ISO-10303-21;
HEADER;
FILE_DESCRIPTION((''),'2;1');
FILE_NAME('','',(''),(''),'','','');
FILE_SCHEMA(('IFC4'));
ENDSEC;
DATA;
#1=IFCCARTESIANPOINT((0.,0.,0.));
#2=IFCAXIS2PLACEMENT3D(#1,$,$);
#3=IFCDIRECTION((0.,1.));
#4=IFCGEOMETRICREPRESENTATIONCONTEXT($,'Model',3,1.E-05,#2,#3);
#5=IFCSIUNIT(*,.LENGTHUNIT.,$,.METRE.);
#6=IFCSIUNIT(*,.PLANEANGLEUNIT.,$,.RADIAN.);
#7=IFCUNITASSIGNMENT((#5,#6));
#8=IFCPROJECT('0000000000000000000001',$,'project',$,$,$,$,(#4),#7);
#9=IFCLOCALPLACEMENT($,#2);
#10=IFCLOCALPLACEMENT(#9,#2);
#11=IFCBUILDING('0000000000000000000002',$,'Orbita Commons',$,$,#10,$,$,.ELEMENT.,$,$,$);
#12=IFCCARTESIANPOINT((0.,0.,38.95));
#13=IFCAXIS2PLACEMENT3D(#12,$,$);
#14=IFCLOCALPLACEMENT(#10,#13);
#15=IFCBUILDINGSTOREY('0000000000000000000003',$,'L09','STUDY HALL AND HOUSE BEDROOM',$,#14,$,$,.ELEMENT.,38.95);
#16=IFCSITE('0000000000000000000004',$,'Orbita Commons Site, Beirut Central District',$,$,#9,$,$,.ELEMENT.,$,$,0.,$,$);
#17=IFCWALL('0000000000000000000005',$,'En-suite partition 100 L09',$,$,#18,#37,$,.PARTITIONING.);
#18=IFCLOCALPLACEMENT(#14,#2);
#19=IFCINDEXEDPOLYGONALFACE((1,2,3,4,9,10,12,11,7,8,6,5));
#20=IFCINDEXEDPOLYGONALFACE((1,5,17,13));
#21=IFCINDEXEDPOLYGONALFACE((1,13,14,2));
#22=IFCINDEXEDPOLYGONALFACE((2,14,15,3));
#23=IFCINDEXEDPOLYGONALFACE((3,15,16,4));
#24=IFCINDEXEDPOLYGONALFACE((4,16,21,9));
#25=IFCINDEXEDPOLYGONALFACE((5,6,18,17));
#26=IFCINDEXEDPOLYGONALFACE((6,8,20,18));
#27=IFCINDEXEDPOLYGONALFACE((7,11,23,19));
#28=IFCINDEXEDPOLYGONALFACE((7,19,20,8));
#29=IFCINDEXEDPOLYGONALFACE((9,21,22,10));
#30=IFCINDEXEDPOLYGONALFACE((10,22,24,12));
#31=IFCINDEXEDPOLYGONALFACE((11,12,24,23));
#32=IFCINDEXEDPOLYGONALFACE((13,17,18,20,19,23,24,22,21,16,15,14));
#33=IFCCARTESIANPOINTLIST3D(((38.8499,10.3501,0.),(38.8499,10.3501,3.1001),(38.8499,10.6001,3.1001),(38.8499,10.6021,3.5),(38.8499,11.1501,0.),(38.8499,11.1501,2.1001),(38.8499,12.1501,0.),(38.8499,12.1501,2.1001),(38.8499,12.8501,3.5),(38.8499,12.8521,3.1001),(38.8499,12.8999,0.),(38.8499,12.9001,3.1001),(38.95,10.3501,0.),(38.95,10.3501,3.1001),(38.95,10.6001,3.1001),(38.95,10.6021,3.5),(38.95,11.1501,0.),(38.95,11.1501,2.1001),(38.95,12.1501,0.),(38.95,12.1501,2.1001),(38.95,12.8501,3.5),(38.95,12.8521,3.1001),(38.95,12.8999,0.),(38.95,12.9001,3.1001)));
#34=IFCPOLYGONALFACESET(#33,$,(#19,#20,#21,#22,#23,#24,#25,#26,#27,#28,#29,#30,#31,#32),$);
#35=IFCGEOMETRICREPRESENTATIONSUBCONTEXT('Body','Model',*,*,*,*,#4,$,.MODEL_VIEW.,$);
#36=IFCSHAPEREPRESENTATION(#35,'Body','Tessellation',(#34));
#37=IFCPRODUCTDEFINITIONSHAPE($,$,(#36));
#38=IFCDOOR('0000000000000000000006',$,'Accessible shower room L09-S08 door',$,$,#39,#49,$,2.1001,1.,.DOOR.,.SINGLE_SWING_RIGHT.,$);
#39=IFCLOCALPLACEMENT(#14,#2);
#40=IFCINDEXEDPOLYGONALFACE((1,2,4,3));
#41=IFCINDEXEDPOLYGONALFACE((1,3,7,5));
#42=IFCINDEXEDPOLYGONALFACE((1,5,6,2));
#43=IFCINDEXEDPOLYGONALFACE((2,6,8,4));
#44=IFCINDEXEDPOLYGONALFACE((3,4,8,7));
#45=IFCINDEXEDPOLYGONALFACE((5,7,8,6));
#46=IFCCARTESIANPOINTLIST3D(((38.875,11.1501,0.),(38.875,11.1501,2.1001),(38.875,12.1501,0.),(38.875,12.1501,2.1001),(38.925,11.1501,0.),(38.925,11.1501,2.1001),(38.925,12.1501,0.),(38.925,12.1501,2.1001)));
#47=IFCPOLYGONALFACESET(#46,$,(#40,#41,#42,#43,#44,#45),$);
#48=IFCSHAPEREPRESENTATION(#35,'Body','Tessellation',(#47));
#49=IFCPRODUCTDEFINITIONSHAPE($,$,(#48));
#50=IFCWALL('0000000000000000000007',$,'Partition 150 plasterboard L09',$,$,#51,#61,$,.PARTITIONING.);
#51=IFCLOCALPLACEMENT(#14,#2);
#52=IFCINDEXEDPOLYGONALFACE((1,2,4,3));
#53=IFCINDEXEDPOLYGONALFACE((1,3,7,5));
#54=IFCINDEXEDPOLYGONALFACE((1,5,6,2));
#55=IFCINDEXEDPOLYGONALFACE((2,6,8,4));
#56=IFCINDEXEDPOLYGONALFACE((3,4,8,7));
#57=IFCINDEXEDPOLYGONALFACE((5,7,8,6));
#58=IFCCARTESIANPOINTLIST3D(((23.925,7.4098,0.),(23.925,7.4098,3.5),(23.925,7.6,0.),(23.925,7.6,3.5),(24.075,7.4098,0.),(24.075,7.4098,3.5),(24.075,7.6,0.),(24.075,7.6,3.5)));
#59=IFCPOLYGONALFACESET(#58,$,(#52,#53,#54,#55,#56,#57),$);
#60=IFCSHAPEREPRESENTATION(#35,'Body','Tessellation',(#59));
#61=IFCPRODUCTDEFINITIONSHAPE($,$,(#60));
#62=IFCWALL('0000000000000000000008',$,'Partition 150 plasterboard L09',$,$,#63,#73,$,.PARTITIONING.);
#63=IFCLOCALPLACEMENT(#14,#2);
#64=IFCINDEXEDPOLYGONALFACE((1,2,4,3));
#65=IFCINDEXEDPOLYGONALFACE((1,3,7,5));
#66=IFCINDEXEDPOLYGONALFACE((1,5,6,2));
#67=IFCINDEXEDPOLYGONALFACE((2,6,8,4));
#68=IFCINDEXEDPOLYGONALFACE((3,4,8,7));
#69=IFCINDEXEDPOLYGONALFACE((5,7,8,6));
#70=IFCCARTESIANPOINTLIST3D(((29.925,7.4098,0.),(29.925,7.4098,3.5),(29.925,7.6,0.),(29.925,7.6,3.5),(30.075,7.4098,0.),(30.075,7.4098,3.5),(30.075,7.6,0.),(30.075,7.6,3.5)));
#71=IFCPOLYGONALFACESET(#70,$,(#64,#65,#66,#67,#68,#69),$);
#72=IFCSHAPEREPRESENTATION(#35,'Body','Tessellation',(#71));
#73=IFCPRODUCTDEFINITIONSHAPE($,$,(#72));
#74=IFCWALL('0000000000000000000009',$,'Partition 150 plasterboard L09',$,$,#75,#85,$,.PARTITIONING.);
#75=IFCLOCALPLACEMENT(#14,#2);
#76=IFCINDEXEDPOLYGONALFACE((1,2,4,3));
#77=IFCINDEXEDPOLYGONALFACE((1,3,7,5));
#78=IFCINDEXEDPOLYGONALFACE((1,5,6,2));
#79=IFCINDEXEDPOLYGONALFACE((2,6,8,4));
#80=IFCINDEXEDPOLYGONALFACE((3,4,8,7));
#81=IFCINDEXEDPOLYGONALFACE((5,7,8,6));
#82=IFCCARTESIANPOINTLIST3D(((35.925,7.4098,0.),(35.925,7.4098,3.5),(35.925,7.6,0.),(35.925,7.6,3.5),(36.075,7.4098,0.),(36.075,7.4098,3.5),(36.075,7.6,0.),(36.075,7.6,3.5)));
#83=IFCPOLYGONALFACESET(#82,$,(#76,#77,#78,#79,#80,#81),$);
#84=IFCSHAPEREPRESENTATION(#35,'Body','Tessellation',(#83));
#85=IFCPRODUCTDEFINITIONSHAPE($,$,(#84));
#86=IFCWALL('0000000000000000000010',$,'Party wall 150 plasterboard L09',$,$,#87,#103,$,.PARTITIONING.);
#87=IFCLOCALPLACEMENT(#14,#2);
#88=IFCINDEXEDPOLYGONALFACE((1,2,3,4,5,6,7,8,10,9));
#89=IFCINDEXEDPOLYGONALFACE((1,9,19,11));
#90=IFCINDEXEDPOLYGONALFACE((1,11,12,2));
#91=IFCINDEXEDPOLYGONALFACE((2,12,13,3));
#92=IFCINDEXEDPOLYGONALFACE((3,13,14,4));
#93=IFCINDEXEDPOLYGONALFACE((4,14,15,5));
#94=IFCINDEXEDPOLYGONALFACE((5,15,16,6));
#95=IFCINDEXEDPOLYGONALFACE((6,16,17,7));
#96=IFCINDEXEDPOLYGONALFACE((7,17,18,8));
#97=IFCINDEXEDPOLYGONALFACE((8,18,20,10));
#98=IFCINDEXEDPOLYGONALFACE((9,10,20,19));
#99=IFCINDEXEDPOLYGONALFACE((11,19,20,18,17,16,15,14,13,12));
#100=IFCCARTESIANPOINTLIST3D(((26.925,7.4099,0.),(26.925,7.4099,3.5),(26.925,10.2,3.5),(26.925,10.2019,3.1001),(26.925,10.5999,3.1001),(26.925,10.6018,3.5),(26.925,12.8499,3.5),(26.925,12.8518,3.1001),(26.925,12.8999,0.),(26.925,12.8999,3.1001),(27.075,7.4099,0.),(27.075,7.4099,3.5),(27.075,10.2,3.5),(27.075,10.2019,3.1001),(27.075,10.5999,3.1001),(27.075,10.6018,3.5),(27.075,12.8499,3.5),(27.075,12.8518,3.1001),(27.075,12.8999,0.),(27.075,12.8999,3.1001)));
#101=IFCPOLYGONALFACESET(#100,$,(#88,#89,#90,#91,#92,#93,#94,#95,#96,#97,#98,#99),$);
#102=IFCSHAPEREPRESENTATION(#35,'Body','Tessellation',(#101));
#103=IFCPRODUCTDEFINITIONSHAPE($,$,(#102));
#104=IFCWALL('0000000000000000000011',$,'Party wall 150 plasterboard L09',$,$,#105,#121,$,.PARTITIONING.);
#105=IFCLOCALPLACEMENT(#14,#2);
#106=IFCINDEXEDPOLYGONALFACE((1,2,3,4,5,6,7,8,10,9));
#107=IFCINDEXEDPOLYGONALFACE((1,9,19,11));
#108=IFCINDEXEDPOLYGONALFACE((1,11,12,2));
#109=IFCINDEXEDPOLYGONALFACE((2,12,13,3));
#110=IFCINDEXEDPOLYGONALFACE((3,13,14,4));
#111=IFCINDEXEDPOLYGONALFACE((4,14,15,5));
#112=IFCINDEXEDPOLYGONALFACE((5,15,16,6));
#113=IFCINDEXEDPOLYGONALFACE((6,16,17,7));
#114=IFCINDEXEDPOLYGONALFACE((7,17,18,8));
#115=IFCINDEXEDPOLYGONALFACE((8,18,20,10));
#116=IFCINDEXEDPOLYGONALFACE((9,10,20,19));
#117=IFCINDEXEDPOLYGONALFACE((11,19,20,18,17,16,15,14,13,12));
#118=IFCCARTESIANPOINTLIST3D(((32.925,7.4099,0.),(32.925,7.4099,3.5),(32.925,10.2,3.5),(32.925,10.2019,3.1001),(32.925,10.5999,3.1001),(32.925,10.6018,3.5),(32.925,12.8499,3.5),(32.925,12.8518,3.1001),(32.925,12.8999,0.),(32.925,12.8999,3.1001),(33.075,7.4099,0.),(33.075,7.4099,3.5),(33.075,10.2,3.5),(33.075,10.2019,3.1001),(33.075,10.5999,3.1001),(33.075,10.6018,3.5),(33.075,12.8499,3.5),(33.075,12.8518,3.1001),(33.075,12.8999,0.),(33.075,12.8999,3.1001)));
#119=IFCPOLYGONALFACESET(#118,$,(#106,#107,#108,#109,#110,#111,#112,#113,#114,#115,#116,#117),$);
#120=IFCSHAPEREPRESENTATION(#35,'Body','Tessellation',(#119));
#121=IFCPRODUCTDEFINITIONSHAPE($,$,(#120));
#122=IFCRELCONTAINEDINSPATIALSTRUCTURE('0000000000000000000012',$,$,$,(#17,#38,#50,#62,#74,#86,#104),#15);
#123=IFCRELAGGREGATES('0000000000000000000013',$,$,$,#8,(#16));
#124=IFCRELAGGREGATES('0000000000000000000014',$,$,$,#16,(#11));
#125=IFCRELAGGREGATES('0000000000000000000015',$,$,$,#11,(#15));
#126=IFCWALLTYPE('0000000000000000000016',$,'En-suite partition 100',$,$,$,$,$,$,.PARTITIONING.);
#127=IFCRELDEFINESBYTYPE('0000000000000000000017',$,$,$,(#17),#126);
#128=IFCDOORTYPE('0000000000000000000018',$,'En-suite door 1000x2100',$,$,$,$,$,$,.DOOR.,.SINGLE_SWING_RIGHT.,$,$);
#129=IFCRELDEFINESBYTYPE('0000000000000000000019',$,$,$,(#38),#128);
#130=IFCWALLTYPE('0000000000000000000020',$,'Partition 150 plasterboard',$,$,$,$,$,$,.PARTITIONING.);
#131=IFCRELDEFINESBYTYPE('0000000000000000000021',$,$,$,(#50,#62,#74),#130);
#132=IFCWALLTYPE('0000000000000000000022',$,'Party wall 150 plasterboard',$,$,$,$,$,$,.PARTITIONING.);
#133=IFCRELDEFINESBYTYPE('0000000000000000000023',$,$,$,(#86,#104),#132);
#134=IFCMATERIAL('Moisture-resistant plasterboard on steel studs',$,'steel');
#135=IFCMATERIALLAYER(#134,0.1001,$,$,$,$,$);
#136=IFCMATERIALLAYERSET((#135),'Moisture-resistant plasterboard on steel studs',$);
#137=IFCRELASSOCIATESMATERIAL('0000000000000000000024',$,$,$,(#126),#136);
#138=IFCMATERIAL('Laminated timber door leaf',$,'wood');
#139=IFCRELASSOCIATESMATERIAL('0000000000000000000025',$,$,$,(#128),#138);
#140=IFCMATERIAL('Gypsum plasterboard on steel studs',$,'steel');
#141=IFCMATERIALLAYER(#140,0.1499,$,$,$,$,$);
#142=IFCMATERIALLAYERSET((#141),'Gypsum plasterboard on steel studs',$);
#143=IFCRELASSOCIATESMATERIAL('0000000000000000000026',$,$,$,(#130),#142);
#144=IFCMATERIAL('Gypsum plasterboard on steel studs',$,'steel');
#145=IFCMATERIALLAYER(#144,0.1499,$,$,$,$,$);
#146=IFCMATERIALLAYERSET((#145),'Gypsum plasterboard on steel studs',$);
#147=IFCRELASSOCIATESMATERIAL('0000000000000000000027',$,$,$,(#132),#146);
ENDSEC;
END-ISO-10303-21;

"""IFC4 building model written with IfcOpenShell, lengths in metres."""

from ifc_helpers import new_model, si_unit, direction, frame, frame_2d, origin, place, context, subcontext, project, spatial, polyline, rectangle, outline, extrude, material, layer, layer_set, type_object, element, fill, save


model = new_model("IFC4")

# Units and contexts
model_context = context("Model", 3, precision=1e-05, world=origin(), true_north=direction((0.0, 1.0)))
body_context = subcontext(model_context, "Body", "Model", "MODEL_VIEW")
ifc_project = project(units=[si_unit("LENGTHUNIT", "METRE"), si_unit("PLANEANGLEUNIT", "RADIAN")], contexts=[model_context])

# Site, building, storey
site_placement = place(None, origin())
site = spatial("IfcSite", under=ifc_project, at=site_placement, Name="Orbita Commons Site, Beirut Central District", CompositionType="ELEMENT", RefElevation=0.0)
building_placement = place(site_placement, origin())
building = spatial("IfcBuilding", under=site, at=building_placement, Name="Orbita Commons", CompositionType="ELEMENT")
storey_placement = place(building_placement, frame((0.0, 0.0, 38.95)))
storey = spatial("IfcBuildingStorey", under=building, at=storey_placement, Name="L09", Description="STUDY HALL AND HOUSE BEDROOM", CompositionType="ELEMENT", Elevation=38.95)

# Shared definitions
ifc_material_1 = material(Name="Moisture-resistant plasterboard on steel studs", Category="steel")
ifc_layer_1 = layer(ifc_material_1, 0.1001)
ifc_layer_set_1 = layer_set([ifc_layer_1], Name="Moisture-resistant plasterboard on steel studs")
wall_type_1 = type_object("IfcWallType", Name="En-suite partition 100", PredefinedType="PARTITIONING", material=ifc_layer_set_1)

# Wall, opening, door
wall_1_placement = place(storey_placement, frame((38.8999, 10.3501, 0.0), z_axis=(0.0, 0.0, 1.0), x_axis=(0.0, 1.0, 0.0)))
wall_1 = element("IfcWall", 1, at=wall_1_placement, inside=storey, type_object=wall_type_1, Name="En-suite partition 100 L09", PredefinedType="PARTITIONING", context=body_context, shape_type="SweptSolid", body=[
    extrude(outline(polyline([(0.0, 0.0), (2.5498, 0.0), (2.55, 3.1001), (2.502, 3.1001), (2.5, 3.5), (0.252, 3.5), (0.25, 3.1001), (0.0, 3.1001), (0.0, 0.0)])), frame((0.0, 0.05, 0.0), z_axis=(0.0, -1.0, 0.0), x_axis=(1.0, 0.0, 0.0)), (0.0, 0.0, 1.0), 0.1001),
])
opening_placement = place(wall_1_placement, frame((0.8, 0.0, 0.0)))
opening = element("IfcOpeningElement", 2, at=opening_placement, cuts=wall_1, PredefinedType="OPENING", context=body_context, shape_type="SweptSolid", body=[
    extrude(rectangle(XDim=1.0, YDim=2.1001, at=frame_2d((0.5, 1.05))), frame((0.0, 0.0601, 0.0), z_axis=(0.0, -1.0, 0.0), x_axis=(1.0, 0.0, 0.0)), (0.0, 0.0, 1.0), 0.1201),
])
ifc_material_2 = material(Name="Laminated timber door leaf", Category="wood")
door_type = type_object("IfcDoorType", Name="En-suite door 1000x2100", OperationType="SINGLE_SWING_RIGHT", PredefinedType="DOOR", material=ifc_material_2)
door_placement = place(opening_placement, origin())
door = element("IfcDoor", 3, at=door_placement, inside=storey, type_object=door_type, Name="Accessible shower room L09-S08 door", OperationType="SINGLE_SWING_RIGHT", OverallHeight=2.1001, OverallWidth=1.0, PredefinedType="DOOR", context=body_context, shape_type="SweptSolid", body=[
    extrude(rectangle(XDim=1.0, YDim=2.1001, at=frame_2d((0.5, 1.05))), frame((0.0, 0.0249, 0.0), z_axis=(0.0, -1.0, 0.0), x_axis=(1.0, 0.0, 0.0)), (0.0, 0.0, 1.0), 0.05),
])
fill(opening, door)

# Walls
ifc_material_3 = material(Name="Gypsum plasterboard on steel studs", Category="steel")
ifc_layer_2 = layer(ifc_material_3, 0.1499)
ifc_layer_set_2 = layer_set([ifc_layer_2], Name="Gypsum plasterboard on steel studs")
wall_type_2 = type_object("IfcWallType", Name="Partition 150 plasterboard", PredefinedType="PARTITIONING", material=ifc_layer_set_2)
for number, where, z_axis, x_axis, name in (
    (4, (24.0, 7.6001, 0.0), (0.0, 0.0, 1.0), (0.0, -1.0, 0.0), "Partition 150 plasterboard L09"),
    (5, (30.0, 7.6001, 0.0), (0.0, 0.0, 1.0), (0.0, -1.0, 0.0), "Partition 150 plasterboard L09"),
    (6, (36.0, 7.6001, 0.0), (0.0, 0.0, 1.0), (0.0, -1.0, 0.0), "Partition 150 plasterboard L09"),
):
    element("IfcWall", number, at=place(storey_placement, frame(where, z_axis=z_axis, x_axis=x_axis)), inside=storey, type_object=wall_type_2, Name=name, PredefinedType="PARTITIONING", context=body_context, shape_type="SweptSolid", body=[
        extrude(rectangle(XDim=0.1902, YDim=0.1499, at=frame_2d((0.0952, 0.0))), origin(), (0.0, 0.0, 1.0), 3.5),
    ])
ifc_material_4 = material(Name="Gypsum plasterboard on steel studs", Category="steel")
ifc_layer_3 = layer(ifc_material_4, 0.1499)
ifc_layer_set_3 = layer_set([ifc_layer_3], Name="Gypsum plasterboard on steel studs")
wall_type_3 = type_object("IfcWallType", Name="Party wall 150 plasterboard", PredefinedType="PARTITIONING", material=ifc_layer_set_3)
for number, where, z_axis, x_axis, name in (
    (7, (27.0, 7.4099, 0.0), (0.0, 0.0, 1.0), (0.0, 1.0, 0.0), "Party wall 150 plasterboard L09"),
    (8, (33.0, 7.4099, 0.0), (0.0, 0.0, 1.0), (0.0, 1.0, 0.0), "Party wall 150 plasterboard L09"),
):
    element("IfcWall", number, at=place(storey_placement, frame(where, z_axis=z_axis, x_axis=x_axis)), inside=storey, type_object=wall_type_3, Name=name, PredefinedType="PARTITIONING", context=body_context, shape_type="SweptSolid", body=[
        extrude(outline(polyline([(0.0, 0.0), (5.49, 0.0), (5.49, 3.1001), (5.4419, 3.1001), (5.4399, 3.5), (3.1919, 3.5), (3.1899, 3.1001), (2.792, 3.1001), (2.79, 3.5), (0.0, 3.5), (0.0, 0.0)])), frame((0.0, 0.075, 0.0), z_axis=(0.0, -1.0, 0.0), x_axis=(1.0, 0.0, 0.0)), (0.0, 0.0, 1.0), 0.1499),
    ])

save(model, "model.ifc")
